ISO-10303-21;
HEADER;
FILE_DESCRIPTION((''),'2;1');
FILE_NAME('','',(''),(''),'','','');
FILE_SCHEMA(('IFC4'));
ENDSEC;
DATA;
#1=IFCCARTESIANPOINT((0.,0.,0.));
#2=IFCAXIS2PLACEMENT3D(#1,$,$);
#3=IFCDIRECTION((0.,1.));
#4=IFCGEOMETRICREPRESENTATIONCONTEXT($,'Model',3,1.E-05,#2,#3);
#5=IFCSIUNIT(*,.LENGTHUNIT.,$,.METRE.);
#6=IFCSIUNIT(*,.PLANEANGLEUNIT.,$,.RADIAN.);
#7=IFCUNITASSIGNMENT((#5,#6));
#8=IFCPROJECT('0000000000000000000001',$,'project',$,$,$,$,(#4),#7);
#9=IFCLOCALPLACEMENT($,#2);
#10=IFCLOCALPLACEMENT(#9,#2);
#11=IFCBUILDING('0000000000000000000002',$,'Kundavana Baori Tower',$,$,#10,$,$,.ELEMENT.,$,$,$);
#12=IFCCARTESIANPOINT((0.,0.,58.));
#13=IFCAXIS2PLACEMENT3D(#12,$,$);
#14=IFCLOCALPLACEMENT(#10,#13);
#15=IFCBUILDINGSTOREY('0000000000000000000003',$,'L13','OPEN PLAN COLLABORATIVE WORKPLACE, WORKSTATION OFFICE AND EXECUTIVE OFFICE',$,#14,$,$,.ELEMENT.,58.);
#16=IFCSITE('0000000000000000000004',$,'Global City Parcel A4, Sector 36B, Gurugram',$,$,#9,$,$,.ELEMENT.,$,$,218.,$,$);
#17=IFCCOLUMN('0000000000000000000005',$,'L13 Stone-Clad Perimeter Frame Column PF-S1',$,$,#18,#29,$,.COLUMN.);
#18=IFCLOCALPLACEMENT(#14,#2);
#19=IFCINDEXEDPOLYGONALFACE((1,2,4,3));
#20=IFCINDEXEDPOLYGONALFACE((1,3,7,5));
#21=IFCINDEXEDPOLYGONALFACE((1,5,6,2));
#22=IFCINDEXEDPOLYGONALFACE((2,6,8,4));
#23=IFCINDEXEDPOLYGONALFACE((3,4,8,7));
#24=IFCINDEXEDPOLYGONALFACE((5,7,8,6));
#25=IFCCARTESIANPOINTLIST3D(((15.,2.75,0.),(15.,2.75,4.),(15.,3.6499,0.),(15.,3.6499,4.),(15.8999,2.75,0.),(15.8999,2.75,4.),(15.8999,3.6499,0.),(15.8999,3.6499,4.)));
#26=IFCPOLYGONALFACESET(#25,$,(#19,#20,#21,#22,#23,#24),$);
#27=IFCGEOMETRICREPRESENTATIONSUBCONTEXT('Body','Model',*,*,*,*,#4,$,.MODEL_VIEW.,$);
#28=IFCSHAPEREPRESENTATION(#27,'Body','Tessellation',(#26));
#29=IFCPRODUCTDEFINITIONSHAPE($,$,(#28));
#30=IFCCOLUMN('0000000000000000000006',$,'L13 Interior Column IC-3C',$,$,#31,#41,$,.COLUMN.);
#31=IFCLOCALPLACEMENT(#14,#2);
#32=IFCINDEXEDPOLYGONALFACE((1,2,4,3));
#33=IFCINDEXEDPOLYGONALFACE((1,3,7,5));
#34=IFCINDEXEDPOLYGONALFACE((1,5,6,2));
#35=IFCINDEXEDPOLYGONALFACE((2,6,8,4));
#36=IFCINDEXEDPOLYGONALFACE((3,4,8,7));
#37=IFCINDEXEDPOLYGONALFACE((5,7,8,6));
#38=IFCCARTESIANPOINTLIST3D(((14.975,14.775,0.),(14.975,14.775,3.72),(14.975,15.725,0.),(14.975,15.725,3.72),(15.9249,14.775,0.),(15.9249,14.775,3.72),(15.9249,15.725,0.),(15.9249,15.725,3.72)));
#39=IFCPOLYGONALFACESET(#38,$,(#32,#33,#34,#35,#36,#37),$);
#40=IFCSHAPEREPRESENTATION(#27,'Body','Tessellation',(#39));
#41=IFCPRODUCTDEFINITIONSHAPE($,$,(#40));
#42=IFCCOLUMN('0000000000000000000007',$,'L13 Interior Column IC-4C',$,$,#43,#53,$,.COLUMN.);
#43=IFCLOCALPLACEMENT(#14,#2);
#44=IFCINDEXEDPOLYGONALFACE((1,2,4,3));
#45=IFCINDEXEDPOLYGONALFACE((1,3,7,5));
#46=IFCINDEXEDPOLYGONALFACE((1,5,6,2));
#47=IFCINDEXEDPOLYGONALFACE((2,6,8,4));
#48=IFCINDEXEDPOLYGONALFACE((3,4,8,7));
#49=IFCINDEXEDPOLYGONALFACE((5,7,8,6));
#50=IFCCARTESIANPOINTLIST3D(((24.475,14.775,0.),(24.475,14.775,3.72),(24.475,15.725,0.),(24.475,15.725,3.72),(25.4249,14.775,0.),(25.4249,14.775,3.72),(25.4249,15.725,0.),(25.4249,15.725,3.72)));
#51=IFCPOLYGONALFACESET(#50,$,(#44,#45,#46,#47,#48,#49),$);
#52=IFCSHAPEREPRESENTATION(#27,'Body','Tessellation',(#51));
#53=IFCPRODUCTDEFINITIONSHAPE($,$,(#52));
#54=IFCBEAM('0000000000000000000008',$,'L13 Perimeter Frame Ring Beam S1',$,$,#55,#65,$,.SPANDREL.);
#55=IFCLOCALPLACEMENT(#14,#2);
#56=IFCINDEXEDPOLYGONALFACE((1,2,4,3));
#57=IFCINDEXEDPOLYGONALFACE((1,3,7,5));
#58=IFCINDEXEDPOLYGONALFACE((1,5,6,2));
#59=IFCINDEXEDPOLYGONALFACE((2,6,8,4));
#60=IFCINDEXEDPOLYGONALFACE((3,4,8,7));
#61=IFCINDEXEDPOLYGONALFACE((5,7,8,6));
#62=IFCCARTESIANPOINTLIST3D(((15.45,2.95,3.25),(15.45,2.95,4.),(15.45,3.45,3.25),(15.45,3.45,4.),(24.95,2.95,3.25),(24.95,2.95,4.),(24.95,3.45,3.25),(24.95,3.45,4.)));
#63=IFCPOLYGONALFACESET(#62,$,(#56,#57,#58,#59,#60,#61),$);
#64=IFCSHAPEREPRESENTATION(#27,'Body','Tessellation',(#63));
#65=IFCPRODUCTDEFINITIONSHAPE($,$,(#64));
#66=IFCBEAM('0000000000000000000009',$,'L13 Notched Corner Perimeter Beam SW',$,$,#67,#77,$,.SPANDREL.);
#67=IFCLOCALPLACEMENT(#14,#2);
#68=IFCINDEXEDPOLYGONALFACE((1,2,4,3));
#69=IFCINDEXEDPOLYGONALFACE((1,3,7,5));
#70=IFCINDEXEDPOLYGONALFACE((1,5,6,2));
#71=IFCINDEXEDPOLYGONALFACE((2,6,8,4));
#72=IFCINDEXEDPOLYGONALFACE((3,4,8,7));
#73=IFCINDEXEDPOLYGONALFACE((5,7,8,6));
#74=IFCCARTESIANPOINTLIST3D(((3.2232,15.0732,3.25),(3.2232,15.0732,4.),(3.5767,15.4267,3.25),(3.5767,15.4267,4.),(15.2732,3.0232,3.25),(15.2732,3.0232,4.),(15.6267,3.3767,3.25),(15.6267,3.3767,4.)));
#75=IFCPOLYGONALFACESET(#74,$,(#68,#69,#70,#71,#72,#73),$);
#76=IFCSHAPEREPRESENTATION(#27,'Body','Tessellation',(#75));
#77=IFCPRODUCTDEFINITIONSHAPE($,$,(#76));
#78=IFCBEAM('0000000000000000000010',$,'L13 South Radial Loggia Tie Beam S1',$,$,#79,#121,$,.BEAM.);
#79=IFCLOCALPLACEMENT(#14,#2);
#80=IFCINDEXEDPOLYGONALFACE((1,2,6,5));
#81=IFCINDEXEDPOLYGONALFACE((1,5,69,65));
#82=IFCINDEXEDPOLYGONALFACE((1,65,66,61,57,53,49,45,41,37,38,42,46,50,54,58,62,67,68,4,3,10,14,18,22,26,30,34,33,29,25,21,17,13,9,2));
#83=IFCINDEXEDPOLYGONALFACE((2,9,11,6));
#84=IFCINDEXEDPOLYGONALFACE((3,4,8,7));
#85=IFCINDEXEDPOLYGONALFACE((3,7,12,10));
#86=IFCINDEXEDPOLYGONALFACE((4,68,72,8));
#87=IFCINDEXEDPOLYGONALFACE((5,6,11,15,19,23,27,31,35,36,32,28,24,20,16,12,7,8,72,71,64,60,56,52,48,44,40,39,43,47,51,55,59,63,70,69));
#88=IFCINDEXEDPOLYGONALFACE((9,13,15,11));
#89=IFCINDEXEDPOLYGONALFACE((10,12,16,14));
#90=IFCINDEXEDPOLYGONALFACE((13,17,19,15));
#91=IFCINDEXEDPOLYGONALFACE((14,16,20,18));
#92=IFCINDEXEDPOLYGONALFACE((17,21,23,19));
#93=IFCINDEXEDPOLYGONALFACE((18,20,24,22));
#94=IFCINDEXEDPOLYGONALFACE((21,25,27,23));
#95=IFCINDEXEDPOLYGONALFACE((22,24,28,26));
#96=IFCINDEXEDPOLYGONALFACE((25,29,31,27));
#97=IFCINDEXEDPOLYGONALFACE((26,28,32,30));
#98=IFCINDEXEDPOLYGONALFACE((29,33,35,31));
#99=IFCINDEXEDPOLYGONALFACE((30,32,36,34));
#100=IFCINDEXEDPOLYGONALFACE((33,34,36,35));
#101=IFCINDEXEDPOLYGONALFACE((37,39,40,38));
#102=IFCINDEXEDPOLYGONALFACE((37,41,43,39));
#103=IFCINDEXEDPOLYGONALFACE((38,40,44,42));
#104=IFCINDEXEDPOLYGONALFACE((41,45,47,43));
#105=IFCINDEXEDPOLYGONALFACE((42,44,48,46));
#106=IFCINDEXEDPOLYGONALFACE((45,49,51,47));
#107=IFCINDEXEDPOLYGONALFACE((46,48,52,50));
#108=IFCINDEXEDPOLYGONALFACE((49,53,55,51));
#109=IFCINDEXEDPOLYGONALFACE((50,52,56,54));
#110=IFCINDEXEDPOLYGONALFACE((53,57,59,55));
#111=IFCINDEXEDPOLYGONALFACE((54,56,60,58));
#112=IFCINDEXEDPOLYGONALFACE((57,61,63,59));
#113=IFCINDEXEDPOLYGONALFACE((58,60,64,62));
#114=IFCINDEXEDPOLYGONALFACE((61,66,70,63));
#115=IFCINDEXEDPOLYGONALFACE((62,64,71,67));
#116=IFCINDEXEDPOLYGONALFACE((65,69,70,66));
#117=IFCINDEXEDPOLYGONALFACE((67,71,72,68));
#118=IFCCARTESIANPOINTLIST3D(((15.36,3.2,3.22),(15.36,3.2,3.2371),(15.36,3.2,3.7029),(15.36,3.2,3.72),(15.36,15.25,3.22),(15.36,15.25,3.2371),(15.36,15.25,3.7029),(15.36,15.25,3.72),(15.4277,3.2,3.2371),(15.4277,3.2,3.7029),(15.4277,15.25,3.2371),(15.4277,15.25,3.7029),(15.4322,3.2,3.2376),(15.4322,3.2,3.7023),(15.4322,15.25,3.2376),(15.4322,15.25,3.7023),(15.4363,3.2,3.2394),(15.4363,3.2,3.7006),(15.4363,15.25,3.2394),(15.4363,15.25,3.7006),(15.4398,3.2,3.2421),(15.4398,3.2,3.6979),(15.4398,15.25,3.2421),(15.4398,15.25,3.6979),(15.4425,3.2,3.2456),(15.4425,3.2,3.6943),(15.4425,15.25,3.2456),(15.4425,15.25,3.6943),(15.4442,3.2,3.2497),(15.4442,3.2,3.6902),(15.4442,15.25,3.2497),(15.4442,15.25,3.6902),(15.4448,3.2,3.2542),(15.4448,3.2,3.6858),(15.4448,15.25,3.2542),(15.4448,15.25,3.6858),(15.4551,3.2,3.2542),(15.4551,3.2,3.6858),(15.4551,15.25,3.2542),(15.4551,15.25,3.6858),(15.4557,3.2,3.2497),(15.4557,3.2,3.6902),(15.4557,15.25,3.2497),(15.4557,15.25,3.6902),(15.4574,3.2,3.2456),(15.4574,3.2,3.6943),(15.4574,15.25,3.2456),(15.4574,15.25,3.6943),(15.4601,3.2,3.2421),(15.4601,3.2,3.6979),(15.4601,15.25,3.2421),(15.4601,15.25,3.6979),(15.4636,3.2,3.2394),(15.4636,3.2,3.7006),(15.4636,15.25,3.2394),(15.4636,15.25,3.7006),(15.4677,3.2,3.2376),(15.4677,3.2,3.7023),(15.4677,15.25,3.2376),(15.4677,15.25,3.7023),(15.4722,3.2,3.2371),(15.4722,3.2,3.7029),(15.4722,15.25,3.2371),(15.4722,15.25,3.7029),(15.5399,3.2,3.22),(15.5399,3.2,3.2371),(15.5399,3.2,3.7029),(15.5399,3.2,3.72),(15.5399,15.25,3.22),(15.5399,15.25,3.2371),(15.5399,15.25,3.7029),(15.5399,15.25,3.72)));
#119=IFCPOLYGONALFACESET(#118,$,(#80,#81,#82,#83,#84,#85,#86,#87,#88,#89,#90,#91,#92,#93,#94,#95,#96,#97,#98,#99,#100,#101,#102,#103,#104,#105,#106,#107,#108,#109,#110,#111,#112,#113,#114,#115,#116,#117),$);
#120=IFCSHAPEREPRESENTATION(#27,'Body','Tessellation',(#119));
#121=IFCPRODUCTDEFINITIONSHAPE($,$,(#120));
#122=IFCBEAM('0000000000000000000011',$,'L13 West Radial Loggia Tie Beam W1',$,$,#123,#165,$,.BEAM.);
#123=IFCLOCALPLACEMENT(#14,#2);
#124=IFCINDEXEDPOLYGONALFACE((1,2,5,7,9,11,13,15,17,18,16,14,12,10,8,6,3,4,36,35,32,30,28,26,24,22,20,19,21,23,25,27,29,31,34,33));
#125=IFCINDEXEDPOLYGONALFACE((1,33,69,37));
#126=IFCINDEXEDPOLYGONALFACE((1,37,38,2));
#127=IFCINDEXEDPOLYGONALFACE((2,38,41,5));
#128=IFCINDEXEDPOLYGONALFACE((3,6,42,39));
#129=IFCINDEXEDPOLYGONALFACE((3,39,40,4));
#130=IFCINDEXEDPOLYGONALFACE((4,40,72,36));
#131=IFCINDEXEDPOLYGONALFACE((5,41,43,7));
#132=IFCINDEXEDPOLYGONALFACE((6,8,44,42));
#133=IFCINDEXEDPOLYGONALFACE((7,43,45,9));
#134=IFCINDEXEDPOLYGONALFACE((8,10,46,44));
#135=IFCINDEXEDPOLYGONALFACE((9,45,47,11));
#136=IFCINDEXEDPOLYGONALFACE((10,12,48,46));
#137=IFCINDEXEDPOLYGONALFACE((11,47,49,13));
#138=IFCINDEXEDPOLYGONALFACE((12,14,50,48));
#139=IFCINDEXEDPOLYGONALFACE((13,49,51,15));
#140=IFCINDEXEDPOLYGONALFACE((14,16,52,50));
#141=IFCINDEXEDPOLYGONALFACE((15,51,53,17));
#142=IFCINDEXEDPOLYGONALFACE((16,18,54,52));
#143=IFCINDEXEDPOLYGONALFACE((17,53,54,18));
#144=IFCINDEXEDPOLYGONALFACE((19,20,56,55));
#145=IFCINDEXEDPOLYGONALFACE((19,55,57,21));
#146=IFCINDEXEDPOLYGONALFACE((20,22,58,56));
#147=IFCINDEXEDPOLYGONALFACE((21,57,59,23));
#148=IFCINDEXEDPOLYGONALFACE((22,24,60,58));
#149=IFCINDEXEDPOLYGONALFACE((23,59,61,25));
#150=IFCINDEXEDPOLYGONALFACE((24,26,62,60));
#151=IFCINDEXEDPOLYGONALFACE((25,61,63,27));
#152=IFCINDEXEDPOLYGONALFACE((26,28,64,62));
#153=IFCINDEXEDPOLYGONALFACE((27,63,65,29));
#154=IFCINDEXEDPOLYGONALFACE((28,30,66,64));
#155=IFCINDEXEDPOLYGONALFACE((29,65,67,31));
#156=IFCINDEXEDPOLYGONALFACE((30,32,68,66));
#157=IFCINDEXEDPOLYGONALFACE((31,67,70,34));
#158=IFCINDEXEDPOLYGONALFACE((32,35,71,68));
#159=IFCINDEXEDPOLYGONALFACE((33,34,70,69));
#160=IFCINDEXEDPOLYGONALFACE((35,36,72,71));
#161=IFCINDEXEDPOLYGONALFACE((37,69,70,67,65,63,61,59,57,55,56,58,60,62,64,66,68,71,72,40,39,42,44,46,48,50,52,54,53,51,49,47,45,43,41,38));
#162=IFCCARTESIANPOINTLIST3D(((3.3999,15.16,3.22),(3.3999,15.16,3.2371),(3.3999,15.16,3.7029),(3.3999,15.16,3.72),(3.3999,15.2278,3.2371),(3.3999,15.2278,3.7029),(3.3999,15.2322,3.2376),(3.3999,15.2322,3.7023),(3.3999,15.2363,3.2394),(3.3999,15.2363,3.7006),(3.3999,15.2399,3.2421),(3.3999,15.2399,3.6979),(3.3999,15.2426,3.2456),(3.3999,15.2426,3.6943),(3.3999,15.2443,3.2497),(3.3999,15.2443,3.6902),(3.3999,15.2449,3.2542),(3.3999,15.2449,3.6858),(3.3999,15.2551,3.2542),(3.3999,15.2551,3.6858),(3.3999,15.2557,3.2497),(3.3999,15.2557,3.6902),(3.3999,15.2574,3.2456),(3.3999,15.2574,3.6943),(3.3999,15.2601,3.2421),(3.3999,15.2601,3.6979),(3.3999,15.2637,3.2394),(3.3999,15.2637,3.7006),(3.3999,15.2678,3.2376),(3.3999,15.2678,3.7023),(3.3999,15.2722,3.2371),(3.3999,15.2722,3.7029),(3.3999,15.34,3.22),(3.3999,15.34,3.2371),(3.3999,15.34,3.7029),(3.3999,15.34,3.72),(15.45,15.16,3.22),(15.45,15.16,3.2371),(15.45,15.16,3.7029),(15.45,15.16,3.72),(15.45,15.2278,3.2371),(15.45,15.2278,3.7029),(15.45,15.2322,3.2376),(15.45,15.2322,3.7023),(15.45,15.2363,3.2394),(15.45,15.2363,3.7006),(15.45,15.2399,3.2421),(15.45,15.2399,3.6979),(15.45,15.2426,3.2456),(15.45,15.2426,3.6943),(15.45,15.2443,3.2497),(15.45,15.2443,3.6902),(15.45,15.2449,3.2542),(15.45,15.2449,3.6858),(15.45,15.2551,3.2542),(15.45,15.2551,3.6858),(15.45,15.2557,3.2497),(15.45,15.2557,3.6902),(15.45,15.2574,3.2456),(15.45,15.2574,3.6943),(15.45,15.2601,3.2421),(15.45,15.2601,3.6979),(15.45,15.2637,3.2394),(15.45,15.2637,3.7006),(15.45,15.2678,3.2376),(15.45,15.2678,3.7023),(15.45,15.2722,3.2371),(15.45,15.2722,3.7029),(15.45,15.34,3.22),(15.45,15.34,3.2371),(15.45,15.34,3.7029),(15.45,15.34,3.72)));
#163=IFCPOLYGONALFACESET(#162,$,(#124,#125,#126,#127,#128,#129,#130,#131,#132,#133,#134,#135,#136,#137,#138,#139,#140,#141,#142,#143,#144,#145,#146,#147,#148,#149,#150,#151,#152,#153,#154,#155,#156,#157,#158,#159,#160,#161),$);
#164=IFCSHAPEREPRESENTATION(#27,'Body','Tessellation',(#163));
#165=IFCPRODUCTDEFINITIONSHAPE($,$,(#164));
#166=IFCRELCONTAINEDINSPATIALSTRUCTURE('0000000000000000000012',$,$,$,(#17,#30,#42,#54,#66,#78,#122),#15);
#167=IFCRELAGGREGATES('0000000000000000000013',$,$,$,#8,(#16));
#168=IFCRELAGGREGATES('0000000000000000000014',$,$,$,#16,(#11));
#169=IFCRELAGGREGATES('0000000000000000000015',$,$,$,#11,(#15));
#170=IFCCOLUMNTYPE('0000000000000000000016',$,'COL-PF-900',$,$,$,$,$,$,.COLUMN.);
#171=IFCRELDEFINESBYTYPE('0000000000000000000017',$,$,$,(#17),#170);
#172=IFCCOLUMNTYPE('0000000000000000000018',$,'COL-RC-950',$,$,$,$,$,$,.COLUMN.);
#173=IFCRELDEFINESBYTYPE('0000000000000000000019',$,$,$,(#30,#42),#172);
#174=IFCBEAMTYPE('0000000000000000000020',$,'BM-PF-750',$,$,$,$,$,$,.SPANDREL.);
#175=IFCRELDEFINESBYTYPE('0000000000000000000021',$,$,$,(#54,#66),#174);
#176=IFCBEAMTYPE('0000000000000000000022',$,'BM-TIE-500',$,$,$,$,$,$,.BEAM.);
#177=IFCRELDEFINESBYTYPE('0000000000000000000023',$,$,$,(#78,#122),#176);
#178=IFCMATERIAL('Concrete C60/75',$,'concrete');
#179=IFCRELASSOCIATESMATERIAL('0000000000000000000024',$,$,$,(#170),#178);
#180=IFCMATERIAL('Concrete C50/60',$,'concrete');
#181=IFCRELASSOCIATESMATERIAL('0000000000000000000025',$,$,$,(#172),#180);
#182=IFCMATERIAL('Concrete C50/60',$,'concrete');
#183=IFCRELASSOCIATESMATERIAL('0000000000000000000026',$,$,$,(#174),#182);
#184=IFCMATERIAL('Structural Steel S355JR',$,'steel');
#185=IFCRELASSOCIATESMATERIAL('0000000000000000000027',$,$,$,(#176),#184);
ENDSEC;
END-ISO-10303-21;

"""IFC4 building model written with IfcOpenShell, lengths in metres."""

from ifc_helpers import new_model, si_unit, direction, frame, origin, origin_2d, place, context, subcontext, project, spatial, rectangle, i_section, extrude, material, material_profile, profile_set, type_object, element, save


model = new_model("IFC4")

# Units and contexts
model_context = context("Model", 3, precision=1e-05, world=origin(), true_north=direction((0.0, 1.0)))
body_context = subcontext(model_context, "Body", "Model", "MODEL_VIEW")
ifc_project = project(units=[si_unit("LENGTHUNIT", "METRE"), si_unit("PLANEANGLEUNIT", "RADIAN")], contexts=[model_context])

# Site, building, storey
site_placement = place(None, origin())
site = spatial("IfcSite", under=ifc_project, at=site_placement, Name="Global City Parcel A4, Sector 36B, Gurugram", CompositionType="ELEMENT", RefElevation=218.0)
building_placement = place(site_placement, origin())
building = spatial("IfcBuilding", under=site, at=building_placement, Name="Kundavana Baori Tower", CompositionType="ELEMENT")
storey_placement = place(building_placement, frame((0.0, 0.0, 58.0)))
storey = spatial("IfcBuildingStorey", under=building, at=storey_placement, Name="L13", Description="OPEN PLAN COLLABORATIVE WORKPLACE, WORKSTATION OFFICE AND EXECUTIVE OFFICE", CompositionType="ELEMENT", Elevation=58.0)

# Columns
ifc_material_1 = material(Name="Concrete C60/75", Category="concrete")
ifc_material_profile_1 = material_profile(ifc_material_1, rectangle(XDim=0.8999, YDim=0.8999, at=origin_2d()), Name="RC PF 900x900")
ifc_profile_set_1 = profile_set([ifc_material_profile_1], Name="Concrete C60/75")
column_type_1 = type_object("IfcColumnType", Name="COL-PF-900", PredefinedType="COLUMN", material=ifc_profile_set_1)
column_placement = place(storey_placement, frame((15.45, 3.2, 0.0), z_axis=(0.0, 0.0, 1.0), x_axis=(1.0, 0.0, 0.0)))
element("IfcColumn", 1, at=column_placement, inside=storey, type_object=column_type_1, Name="L13 Stone-Clad Perimeter Frame Column PF-S1", PredefinedType="COLUMN", context=body_context, shape_type="SweptSolid", body=[
    extrude(rectangle(XDim=0.8999, YDim=0.8999, at=origin_2d()), origin(), (0.0, 0.0, 1.0), 4.0),
])
ifc_material_2 = material(Name="Concrete C50/60", Category="concrete")
ifc_material_profile_2 = material_profile(ifc_material_2, rectangle(XDim=0.95, YDim=0.95, at=origin_2d()), Name="RC 950x950")
ifc_profile_set_2 = profile_set([ifc_material_profile_2], Name="Concrete C50/60")
column_type_2 = type_object("IfcColumnType", Name="COL-RC-950", PredefinedType="COLUMN", material=ifc_profile_set_2)
for number, where, z_axis, x_axis, name in (
    (2, (15.45, 15.25, 0.0), (0.0, 0.0, 1.0), (1.0, 0.0, 0.0), "L13 Interior Column IC-3C"),
    (3, (24.95, 15.25, 0.0), (0.0, 0.0, 1.0), (1.0, 0.0, 0.0), "L13 Interior Column IC-4C"),
):
    element("IfcColumn", number, at=place(storey_placement, frame(where, z_axis=z_axis, x_axis=x_axis)), inside=storey, type_object=column_type_2, Name=name, PredefinedType="COLUMN", context=body_context, shape_type="SweptSolid", body=[
        extrude(rectangle(XDim=0.95, YDim=0.95, at=origin_2d()), origin(), (0.0, 0.0, 1.0), 3.72),
    ])

# Beams
ifc_material_3 = material(Name="Concrete C50/60", Category="concrete")
ifc_material_profile_3 = material_profile(ifc_material_3, rectangle(XDim=0.5, YDim=0.75, at=origin_2d()), Name="RC BM 500x750")
ifc_profile_set_3 = profile_set([ifc_material_profile_3], Name="Concrete C50/60")
beam_type_1 = type_object("IfcBeamType", Name="BM-PF-750", PredefinedType="SPANDREL", material=ifc_profile_set_3)
beam_1_placement = place(storey_placement, frame((15.45, 3.2, 3.625), z_axis=(1.0, 0.0, 0.0), x_axis=(0.0, 1.0, 0.0)))
element("IfcBeam", 4, at=beam_1_placement, inside=storey, type_object=beam_type_1, Name="L13 Perimeter Frame Ring Beam S1", PredefinedType="SPANDREL", context=body_context, shape_type="SweptSolid", body=[
    extrude(rectangle(XDim=0.5, YDim=0.75, at=origin_2d()), origin(), (0.0, 0.0, 1.0), 9.5),
])
beam_2_placement = place(storey_placement, frame((15.45, 3.2, 3.625), z_axis=(-0.707107, 0.707107, 0.0), x_axis=(-0.707107, -0.707107, 0.0)))
element("IfcBeam", 5, at=beam_2_placement, inside=storey, type_object=beam_type_1, Name="L13 Notched Corner Perimeter Beam SW", PredefinedType="SPANDREL", context=body_context, shape_type="SweptSolid", body=[
    extrude(rectangle(XDim=0.5, YDim=0.75, at=origin_2d()), origin(), (0.0, 0.0, 1.0), 17.0413),
])
ifc_material_4 = material(Name="Structural Steel S355JR", Category="steel")
ifc_material_profile_4 = material_profile(ifc_material_4, i_section(OverallWidth=0.1799, OverallDepth=0.5, WebThickness=0.0103, FlangeThickness=0.0171, FilletRadius=0.0171, at=origin_2d()), Name="ISMB 500")
ifc_profile_set_4 = profile_set([ifc_material_profile_4], Name="Structural Steel S355JR")
beam_type_2 = type_object("IfcBeamType", Name="BM-TIE-500", PredefinedType="BEAM", material=ifc_profile_set_4)
for number, where, z_axis, x_axis, name in (
    (6, (15.45, 15.25, 3.47), (0.0, -1.0, 0.0), (1.0, 0.0, 0.0), "L13 South Radial Loggia Tie Beam S1"),
    (7, (15.45, 15.25, 3.47), (-1.0, 0.0, 0.0), (0.0, -1.0, 0.0), "L13 West Radial Loggia Tie Beam W1"),
):
    element("IfcBeam", number, at=place(storey_placement, frame(where, z_axis=z_axis, x_axis=x_axis)), inside=storey, type_object=beam_type_2, Name=name, PredefinedType="BEAM", context=body_context, shape_type="SweptSolid", body=[
        extrude(i_section(OverallWidth=0.1799, OverallDepth=0.5, WebThickness=0.0103, FlangeThickness=0.0171, FilletRadius=0.0171, at=origin_2d()), origin(), (0.0, 0.0, 1.0), 12.05),
    ])

save(model, "model.ifc")
